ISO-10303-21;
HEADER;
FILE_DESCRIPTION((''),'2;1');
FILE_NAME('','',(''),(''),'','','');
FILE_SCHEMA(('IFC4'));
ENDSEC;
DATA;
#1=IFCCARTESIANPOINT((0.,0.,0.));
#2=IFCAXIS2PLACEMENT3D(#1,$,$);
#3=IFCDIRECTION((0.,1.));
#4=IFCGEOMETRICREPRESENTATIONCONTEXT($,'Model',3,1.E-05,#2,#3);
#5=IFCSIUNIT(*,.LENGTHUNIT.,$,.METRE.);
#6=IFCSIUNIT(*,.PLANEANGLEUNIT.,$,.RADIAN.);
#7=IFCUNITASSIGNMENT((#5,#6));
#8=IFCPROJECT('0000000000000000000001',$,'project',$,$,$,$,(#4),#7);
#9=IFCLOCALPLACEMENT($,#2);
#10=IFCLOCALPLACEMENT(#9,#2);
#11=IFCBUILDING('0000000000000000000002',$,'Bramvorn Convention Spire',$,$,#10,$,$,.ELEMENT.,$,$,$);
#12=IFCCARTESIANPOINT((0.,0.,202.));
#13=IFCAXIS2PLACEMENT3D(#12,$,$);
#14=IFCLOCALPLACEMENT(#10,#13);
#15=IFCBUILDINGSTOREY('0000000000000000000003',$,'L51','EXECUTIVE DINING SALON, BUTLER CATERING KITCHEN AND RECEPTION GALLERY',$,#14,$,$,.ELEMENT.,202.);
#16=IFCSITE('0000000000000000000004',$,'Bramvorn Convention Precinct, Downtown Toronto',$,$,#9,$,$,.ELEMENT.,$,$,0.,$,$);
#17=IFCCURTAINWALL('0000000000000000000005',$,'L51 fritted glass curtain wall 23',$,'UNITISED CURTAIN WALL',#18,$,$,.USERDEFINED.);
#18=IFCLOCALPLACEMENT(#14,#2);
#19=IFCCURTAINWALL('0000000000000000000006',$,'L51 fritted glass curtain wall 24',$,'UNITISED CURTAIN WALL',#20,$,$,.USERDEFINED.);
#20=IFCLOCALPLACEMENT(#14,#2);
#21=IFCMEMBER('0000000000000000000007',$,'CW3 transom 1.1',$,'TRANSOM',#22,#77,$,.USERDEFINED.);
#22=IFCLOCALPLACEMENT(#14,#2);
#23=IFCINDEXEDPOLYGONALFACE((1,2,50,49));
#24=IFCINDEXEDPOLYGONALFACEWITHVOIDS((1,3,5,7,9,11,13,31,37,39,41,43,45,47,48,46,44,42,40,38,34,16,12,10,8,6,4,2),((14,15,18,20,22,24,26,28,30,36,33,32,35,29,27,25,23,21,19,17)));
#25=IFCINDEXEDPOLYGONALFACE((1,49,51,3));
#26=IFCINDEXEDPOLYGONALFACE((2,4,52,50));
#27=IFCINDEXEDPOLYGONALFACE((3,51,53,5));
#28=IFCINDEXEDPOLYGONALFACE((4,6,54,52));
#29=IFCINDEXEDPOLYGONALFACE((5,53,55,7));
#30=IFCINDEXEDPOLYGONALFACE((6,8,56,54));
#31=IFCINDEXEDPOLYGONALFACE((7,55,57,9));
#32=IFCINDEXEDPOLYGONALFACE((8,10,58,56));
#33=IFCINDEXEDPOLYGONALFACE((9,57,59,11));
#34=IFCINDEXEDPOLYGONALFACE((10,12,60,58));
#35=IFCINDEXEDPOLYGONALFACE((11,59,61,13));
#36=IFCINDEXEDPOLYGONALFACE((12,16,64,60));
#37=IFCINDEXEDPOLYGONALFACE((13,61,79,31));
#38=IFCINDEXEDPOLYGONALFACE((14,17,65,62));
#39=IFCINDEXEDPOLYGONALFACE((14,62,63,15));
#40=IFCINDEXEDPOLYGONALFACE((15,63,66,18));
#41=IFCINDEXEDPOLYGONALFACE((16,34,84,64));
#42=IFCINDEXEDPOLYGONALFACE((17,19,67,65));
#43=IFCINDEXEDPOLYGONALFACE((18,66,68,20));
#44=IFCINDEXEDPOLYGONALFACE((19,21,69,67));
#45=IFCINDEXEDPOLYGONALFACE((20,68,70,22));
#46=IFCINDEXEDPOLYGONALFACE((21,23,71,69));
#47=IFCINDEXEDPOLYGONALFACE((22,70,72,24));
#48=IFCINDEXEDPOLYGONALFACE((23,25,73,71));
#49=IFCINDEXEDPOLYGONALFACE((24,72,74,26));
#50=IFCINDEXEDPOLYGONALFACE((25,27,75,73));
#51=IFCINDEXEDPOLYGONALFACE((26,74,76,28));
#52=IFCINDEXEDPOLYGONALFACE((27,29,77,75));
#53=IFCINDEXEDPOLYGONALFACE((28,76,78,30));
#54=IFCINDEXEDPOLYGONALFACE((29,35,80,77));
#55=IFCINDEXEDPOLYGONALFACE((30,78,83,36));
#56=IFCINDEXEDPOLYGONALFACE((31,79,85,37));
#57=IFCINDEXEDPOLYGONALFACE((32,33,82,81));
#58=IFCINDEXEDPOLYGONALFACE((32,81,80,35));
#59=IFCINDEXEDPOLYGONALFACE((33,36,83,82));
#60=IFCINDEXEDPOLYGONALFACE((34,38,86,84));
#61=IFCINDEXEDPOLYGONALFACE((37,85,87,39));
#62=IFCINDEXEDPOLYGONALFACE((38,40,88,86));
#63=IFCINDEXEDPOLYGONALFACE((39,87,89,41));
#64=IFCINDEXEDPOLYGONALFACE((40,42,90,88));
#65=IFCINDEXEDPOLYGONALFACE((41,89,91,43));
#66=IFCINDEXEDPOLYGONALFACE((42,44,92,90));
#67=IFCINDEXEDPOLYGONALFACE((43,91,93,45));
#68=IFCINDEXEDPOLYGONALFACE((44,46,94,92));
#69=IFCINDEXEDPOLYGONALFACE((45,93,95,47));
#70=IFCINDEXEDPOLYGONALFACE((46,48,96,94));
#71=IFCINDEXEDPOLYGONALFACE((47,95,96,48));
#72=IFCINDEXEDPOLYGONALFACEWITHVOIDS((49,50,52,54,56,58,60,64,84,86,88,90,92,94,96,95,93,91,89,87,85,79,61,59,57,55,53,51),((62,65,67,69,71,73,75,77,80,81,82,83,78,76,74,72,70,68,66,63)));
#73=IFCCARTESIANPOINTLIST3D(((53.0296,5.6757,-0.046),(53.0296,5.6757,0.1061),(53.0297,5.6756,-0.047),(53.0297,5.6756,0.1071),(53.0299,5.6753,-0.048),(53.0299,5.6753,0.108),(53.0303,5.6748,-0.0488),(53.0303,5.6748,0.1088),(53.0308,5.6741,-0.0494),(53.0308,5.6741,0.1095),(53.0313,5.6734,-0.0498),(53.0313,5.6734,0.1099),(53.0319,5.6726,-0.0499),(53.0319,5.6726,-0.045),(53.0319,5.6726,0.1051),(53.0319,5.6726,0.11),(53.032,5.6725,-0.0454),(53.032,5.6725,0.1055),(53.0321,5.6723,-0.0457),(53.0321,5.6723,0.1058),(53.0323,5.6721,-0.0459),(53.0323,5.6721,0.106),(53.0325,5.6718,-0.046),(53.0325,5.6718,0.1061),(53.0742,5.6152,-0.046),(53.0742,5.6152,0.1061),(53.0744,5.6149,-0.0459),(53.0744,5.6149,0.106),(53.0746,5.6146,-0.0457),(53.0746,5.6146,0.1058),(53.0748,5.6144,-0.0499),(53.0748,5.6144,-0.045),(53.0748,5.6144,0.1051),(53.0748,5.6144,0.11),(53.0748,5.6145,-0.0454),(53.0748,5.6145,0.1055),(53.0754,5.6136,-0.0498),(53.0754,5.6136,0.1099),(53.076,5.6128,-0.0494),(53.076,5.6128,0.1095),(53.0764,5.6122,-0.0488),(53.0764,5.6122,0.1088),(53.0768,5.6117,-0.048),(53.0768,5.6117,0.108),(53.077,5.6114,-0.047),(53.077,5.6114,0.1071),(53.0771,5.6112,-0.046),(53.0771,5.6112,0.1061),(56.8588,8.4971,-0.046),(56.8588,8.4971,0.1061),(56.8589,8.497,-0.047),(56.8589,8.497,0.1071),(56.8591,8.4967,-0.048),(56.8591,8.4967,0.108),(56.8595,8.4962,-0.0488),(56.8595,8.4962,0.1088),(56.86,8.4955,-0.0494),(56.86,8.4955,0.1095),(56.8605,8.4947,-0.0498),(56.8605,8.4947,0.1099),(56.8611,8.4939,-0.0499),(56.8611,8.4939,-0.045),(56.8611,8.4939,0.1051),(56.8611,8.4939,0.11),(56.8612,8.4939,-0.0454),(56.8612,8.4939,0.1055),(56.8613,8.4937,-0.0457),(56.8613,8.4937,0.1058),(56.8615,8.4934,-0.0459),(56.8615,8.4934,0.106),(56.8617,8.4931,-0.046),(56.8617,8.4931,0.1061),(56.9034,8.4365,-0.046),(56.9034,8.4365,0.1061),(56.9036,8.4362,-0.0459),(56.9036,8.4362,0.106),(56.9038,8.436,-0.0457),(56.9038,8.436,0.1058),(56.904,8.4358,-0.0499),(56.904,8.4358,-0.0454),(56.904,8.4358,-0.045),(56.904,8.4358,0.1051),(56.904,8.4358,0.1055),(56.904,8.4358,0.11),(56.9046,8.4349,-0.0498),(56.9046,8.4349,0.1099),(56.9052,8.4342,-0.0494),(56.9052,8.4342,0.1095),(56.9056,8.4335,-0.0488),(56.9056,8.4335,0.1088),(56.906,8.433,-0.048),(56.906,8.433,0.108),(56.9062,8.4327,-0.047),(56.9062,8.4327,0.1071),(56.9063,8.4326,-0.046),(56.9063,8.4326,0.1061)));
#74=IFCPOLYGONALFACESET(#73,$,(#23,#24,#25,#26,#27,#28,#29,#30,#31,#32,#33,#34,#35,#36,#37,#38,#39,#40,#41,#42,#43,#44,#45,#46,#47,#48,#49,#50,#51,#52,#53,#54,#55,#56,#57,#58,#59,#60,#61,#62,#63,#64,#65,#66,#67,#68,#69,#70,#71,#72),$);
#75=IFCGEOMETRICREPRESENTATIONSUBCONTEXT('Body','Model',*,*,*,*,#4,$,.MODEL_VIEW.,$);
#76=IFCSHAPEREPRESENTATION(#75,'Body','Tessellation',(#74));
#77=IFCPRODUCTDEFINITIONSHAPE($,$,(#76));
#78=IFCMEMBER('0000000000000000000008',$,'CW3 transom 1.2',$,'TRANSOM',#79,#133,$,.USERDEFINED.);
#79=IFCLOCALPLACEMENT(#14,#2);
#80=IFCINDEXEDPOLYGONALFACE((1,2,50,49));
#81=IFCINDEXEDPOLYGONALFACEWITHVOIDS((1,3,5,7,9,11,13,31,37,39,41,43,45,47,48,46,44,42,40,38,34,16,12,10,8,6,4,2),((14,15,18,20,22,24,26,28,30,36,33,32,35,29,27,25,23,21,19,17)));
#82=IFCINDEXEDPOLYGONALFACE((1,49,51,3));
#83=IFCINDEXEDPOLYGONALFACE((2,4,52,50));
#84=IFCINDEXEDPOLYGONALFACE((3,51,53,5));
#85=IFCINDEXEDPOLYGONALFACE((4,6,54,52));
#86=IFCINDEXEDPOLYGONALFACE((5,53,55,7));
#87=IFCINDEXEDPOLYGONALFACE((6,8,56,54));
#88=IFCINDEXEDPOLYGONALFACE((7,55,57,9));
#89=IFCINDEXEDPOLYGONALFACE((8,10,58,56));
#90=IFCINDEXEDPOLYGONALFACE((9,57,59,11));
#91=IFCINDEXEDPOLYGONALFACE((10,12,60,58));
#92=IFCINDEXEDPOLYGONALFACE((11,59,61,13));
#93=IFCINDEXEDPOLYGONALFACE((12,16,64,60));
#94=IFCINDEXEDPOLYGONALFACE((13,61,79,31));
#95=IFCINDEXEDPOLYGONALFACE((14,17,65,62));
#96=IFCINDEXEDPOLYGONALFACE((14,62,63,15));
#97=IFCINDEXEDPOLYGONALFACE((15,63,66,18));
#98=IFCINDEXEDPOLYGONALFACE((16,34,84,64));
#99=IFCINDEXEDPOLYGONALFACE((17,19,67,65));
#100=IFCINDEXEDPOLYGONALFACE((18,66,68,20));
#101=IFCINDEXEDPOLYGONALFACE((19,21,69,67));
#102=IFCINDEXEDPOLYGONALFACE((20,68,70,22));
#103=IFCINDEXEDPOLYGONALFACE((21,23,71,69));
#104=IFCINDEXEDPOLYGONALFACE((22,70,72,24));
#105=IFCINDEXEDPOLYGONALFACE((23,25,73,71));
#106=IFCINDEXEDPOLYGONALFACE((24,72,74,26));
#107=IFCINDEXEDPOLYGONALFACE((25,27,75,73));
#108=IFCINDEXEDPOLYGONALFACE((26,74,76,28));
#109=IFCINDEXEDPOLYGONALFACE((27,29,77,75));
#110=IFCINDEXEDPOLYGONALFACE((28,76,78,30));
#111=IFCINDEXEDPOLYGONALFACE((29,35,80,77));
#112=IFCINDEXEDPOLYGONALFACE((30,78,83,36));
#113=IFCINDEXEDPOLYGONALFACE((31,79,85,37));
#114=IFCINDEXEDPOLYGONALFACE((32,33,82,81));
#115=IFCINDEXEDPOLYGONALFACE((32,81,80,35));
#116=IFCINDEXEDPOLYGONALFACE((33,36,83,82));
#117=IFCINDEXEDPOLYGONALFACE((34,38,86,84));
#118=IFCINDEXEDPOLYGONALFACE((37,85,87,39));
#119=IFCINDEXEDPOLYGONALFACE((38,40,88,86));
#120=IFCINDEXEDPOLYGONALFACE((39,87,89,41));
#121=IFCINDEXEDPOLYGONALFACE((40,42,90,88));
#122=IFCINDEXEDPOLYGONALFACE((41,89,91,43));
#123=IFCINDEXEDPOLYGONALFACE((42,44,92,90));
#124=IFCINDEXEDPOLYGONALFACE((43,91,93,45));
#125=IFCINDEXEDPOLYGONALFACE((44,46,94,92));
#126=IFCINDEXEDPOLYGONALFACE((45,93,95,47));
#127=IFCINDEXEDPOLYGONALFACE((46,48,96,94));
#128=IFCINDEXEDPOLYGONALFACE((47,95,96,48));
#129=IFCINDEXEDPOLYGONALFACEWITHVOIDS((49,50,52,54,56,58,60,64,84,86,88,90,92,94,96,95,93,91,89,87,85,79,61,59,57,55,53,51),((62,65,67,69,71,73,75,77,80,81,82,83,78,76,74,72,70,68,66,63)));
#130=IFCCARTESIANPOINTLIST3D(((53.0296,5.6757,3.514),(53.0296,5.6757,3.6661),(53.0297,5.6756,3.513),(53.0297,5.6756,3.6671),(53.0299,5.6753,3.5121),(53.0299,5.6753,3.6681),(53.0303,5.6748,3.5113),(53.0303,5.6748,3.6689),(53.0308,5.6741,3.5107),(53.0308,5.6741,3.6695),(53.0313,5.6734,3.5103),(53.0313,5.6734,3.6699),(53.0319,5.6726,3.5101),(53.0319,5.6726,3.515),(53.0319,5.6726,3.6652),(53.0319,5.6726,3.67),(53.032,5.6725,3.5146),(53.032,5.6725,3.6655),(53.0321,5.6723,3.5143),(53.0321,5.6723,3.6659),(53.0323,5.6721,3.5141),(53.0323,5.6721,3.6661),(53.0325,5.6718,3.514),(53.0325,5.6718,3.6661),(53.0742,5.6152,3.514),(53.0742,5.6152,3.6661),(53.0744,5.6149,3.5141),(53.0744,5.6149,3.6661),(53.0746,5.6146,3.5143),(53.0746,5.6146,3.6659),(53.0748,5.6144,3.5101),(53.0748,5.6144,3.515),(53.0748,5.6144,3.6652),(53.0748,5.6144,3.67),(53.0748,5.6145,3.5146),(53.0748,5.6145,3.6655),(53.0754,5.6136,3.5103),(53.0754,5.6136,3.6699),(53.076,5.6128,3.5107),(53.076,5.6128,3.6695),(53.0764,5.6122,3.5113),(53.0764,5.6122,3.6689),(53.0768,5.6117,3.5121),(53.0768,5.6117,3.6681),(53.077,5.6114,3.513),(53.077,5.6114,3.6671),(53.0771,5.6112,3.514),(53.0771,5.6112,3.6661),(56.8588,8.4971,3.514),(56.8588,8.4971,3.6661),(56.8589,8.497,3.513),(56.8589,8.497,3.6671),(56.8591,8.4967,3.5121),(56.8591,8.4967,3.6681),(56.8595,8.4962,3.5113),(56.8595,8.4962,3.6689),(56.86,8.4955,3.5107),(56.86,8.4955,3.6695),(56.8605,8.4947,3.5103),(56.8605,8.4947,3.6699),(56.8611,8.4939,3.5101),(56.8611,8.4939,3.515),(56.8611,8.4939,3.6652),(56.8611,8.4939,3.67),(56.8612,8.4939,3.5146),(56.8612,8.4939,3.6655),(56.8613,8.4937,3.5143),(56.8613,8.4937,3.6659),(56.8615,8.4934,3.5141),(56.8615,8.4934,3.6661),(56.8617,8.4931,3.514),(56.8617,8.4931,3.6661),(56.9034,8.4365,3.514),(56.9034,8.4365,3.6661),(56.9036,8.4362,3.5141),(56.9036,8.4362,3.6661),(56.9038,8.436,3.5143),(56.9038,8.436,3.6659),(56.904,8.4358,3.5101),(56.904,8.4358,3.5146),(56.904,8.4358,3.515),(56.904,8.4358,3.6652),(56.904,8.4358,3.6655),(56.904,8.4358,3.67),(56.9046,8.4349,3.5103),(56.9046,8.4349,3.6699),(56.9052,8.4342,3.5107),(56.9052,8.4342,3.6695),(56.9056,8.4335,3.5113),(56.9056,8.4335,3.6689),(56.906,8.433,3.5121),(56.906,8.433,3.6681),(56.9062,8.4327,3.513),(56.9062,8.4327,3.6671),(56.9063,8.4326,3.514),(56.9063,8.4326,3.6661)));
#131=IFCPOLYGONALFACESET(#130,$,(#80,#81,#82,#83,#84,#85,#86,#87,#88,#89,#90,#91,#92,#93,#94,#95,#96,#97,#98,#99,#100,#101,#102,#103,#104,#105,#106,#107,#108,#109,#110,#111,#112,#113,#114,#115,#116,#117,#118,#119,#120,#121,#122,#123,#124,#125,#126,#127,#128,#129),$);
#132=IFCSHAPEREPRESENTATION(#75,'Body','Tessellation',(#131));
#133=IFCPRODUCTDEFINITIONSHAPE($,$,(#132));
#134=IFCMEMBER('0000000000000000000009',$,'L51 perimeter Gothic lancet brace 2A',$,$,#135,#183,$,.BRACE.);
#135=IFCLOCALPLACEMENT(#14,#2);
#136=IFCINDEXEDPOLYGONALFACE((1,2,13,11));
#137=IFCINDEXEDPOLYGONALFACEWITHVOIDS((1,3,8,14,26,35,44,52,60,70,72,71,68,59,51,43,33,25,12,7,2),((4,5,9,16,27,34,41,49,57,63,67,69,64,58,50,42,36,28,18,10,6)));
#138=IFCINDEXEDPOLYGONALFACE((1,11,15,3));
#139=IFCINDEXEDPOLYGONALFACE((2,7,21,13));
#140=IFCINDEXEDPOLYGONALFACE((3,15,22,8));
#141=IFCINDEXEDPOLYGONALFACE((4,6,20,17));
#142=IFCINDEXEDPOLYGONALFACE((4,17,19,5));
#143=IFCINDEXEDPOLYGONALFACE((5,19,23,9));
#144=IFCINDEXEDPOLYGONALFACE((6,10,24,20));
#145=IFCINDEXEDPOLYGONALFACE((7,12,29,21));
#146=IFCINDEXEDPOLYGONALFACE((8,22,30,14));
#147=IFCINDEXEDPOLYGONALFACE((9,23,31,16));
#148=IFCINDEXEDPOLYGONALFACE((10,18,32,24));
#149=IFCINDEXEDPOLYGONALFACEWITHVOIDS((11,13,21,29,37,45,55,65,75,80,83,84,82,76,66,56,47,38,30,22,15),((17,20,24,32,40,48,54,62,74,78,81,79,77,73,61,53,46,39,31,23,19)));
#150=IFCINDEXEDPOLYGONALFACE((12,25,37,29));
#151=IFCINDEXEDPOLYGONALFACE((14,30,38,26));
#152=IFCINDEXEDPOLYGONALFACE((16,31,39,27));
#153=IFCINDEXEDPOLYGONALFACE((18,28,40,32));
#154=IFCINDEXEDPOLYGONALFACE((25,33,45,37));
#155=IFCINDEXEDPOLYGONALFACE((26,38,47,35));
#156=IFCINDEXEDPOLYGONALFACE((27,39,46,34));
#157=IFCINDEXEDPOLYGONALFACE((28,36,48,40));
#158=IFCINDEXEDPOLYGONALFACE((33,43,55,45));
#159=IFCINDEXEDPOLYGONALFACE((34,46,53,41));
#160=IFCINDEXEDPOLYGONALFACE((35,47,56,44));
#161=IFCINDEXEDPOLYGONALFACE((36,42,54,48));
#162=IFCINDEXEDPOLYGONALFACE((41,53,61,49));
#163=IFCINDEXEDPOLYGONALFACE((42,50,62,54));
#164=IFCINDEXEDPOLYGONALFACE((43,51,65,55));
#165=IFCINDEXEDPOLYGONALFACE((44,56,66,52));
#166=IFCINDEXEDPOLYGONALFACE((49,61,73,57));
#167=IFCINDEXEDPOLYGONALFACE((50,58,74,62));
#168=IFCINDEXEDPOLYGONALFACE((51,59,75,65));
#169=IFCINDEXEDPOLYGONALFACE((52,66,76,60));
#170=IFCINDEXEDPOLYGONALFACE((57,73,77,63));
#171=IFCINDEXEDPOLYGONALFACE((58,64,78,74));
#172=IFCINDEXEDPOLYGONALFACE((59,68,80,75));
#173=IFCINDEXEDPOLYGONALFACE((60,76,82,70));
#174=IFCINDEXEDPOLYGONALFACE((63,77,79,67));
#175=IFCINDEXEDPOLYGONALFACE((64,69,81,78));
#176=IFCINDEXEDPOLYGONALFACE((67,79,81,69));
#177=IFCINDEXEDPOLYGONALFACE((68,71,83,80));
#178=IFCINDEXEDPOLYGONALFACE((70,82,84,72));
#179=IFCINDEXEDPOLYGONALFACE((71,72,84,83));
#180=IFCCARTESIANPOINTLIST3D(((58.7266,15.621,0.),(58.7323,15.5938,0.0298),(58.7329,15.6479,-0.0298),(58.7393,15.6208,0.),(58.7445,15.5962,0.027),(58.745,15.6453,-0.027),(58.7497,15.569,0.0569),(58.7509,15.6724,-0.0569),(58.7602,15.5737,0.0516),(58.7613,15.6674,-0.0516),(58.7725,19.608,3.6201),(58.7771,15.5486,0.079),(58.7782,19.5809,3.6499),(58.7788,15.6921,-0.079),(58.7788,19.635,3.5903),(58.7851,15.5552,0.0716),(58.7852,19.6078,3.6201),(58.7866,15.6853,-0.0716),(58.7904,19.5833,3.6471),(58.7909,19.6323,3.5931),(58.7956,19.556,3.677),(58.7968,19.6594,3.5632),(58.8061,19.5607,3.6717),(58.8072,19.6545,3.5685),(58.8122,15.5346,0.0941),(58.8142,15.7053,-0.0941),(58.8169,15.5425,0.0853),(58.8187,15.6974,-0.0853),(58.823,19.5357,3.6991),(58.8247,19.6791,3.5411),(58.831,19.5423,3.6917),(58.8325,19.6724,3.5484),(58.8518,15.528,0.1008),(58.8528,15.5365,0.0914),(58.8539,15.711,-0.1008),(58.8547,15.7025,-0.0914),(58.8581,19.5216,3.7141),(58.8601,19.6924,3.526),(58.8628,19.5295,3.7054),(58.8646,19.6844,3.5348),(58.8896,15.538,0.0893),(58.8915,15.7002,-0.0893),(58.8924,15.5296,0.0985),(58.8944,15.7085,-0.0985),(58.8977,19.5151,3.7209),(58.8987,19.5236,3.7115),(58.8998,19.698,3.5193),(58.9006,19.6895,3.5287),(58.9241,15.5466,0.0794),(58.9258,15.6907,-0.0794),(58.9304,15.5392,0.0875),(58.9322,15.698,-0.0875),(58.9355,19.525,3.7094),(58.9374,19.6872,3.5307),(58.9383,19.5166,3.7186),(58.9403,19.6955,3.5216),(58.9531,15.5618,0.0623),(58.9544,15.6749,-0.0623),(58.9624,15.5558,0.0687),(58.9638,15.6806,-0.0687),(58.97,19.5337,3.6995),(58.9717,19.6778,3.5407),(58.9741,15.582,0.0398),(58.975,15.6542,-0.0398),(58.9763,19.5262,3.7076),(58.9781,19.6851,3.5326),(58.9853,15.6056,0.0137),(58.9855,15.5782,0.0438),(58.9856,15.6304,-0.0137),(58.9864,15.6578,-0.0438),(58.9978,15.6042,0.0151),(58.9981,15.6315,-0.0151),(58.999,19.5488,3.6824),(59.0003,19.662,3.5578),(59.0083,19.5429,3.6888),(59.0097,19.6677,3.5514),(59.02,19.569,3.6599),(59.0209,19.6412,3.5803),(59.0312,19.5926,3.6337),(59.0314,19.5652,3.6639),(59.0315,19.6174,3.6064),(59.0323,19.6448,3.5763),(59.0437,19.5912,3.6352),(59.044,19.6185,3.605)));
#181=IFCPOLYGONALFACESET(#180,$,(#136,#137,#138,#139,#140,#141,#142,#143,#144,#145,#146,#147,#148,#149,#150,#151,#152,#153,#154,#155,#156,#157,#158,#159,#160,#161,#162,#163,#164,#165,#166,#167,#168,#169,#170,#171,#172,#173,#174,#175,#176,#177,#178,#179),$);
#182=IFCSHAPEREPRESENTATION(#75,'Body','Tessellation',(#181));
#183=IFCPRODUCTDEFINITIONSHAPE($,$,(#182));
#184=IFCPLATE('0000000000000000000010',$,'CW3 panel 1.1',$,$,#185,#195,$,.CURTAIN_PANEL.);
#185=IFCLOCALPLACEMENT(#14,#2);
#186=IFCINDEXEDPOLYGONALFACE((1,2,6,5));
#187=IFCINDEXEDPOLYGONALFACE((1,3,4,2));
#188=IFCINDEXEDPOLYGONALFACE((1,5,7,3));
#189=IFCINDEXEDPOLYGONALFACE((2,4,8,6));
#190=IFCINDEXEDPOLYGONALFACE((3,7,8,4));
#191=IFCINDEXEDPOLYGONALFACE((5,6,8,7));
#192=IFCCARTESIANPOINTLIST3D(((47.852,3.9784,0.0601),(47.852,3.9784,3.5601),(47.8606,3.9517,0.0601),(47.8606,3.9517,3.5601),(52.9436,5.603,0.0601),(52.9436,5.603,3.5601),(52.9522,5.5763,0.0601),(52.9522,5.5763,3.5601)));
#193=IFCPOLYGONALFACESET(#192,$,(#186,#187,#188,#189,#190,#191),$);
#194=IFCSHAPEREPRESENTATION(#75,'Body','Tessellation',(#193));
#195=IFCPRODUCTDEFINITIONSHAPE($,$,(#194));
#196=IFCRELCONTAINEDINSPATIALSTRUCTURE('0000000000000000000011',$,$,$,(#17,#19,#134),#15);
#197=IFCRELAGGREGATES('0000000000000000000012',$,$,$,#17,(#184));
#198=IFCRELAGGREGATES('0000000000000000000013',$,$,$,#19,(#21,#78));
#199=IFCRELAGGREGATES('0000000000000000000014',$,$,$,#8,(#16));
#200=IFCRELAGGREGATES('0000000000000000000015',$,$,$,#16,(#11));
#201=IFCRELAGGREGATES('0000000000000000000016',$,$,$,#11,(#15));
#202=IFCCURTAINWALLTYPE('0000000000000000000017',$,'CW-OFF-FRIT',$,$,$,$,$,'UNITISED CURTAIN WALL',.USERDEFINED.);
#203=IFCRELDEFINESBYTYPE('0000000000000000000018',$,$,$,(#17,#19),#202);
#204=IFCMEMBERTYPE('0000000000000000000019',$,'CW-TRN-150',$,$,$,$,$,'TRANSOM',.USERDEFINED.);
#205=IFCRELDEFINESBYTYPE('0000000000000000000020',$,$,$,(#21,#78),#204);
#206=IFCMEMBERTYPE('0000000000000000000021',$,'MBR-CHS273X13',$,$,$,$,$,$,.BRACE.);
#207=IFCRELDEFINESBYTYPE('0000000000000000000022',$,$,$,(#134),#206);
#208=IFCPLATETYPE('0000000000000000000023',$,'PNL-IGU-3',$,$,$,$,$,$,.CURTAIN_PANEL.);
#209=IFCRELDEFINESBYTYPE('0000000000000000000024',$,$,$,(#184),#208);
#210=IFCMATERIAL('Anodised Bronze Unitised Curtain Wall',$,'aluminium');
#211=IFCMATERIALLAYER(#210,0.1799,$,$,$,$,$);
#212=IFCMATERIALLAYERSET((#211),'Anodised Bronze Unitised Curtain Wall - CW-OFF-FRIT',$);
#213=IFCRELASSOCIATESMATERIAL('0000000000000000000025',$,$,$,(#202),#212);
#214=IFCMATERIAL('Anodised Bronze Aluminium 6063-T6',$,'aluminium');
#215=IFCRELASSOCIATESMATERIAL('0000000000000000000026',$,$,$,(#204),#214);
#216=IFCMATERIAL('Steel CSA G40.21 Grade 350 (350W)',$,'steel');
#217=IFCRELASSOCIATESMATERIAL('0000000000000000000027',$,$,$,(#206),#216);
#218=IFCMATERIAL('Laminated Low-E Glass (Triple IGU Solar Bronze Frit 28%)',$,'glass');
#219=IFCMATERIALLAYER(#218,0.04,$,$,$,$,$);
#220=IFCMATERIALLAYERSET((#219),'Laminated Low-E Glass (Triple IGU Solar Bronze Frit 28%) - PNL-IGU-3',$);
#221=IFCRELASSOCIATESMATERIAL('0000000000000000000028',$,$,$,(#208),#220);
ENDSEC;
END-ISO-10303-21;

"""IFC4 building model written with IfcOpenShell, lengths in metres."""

from ifc_helpers import new_model, si_unit, direction, frame, origin, origin_2d, place, context, subcontext, project, spatial, rectangle, hollow_rectangle, hollow_circle, extrude, material, layer, layer_set, material_profile, profile_set, type_object, element, aggregate, save


model = new_model("IFC4")

# Units and contexts
model_context = context("Model", 3, precision=1e-05, world=origin(), true_north=direction((0.0, 1.0)))
body_context = subcontext(model_context, "Body", "Model", "MODEL_VIEW")
ifc_project = project(units=[si_unit("LENGTHUNIT", "METRE"), si_unit("PLANEANGLEUNIT", "RADIAN")], contexts=[model_context])

# Site, building, storey
site_placement = place(None, origin())
site = spatial("IfcSite", under=ifc_project, at=site_placement, Name="Bramvorn Convention Precinct, Downtown Toronto", CompositionType="ELEMENT", RefElevation=0.0)
building_placement = place(site_placement, origin())
building = spatial("IfcBuilding", under=site, at=building_placement, Name="Bramvorn Convention Spire", CompositionType="ELEMENT")
storey_placement = place(building_placement, frame((0.0, 0.0, 202.0)))
storey = spatial("IfcBuildingStorey", under=building, at=storey_placement, Name="L51", Description="EXECUTIVE DINING SALON, BUTLER CATERING KITCHEN AND RECEPTION GALLERY", CompositionType="ELEMENT", Elevation=202.0)

# Shared definitions
ifc_material_1 = material(Name="Steel CSA G40.21 Grade 350 (350W)", Category="steel")

# Curtain walls
ifc_material_2 = material(Name="Anodised Bronze Unitised Curtain Wall", Category="aluminium")
ifc_layer_1 = layer(ifc_material_2, 0.1799)
ifc_layer_set_1 = layer_set([ifc_layer_1], Name="Anodised Bronze Unitised Curtain Wall - CW-OFF-FRIT")
curtain_wall_type = type_object("IfcCurtainWallType", Name="CW-OFF-FRIT", ElementType="UNITISED CURTAIN WALL", PredefinedType="USERDEFINED", material=ifc_layer_set_1)
curtain_wall_1_placement = place(storey_placement, origin())
curtain_wall_1 = element("IfcCurtainWall", 1, at=curtain_wall_1_placement, inside=storey, type_object=curtain_wall_type, Name="L51 fritted glass curtain wall 23", ObjectType="UNITISED CURTAIN WALL", PredefinedType="USERDEFINED")
ifc_material_3 = material(Name="Anodised Bronze Aluminium 6063-T6", Category="aluminium")
curtain_wall_2_placement = place(storey_placement, origin())
curtain_wall_2 = element("IfcCurtainWall", 2, at=curtain_wall_2_placement, inside=storey, type_object=curtain_wall_type, Name="L51 fritted glass curtain wall 24", ObjectType="UNITISED CURTAIN WALL", PredefinedType="USERDEFINED")

# Members
ifc_material_profile_1 = material_profile(ifc_material_3, hollow_rectangle(XDim=0.0801, YDim=0.1599, WallThickness=0.0039, InnerFilletRadius=0.001, OuterFilletRadius=0.0039, at=origin_2d()))
ifc_profile_set_1 = profile_set([ifc_material_profile_1], Name="Anodised Bronze Aluminium 6063-T6 - CWT80X160")
member_type_1 = type_object("IfcMemberType", Name="CW-TRN-150", ElementType="TRANSOM", PredefinedType="USERDEFINED", material=ifc_profile_set_1)
member_1_placement = place(storey_placement, frame((56.8826, 8.4648, 0.03), z_axis=(-0.805071, -0.593178, 0.0), x_axis=(0.593178, -0.805071, 0.0)))
member_1 = element("IfcMember", 3, at=member_1_placement, type_object=member_type_1, Name="CW3 transom 1.1", ObjectType="TRANSOM", PredefinedType="USERDEFINED", context=body_context, shape_type="SweptSolid", body=[
    extrude(hollow_rectangle(XDim=0.0801, YDim=0.1599, WallThickness=0.0039, InnerFilletRadius=0.001, OuterFilletRadius=0.0039, at=origin_2d()), origin(), (0.0, 0.0, 1.0), 4.7563),
])
member_2_placement = place(storey_placement, frame((56.8826, 8.4648, 3.5901), z_axis=(-0.805071, -0.593178, 0.0), x_axis=(0.593178, -0.805071, 0.0)))
member_2 = element("IfcMember", 4, at=member_2_placement, type_object=member_type_1, Name="CW3 transom 1.2", ObjectType="TRANSOM", PredefinedType="USERDEFINED", context=body_context, shape_type="SweptSolid", body=[
    extrude(hollow_rectangle(XDim=0.0801, YDim=0.1599, WallThickness=0.0039, InnerFilletRadius=0.001, OuterFilletRadius=0.0039, at=origin_2d()), origin(), (0.0, 0.0, 1.0), 4.7563),
])
ifc_material_profile_2 = material_profile(ifc_material_1, hollow_circle(Radius=0.1365, WallThickness=0.0127, at=origin_2d()))
ifc_profile_set_2 = profile_set([ifc_material_profile_2], Name="Steel CSA G40.21 Grade 350 (350W) - CHS273X13")
member_type_2 = type_object("IfcMemberType", Name="MBR-CHS273X13", PredefinedType="BRACE", material=ifc_profile_set_2)
member_3_placement = place(storey_placement, frame((58.863, 15.6194, 0.0), z_axis=(0.008523, 0.740327, 0.672192), x_axis=(-0.999934, 0.011511, 0.0)))
element("IfcMember", 5, at=member_3_placement, inside=storey, type_object=member_type_2, Name="L51 perimeter Gothic lancet brace 2A", PredefinedType="BRACE", context=body_context, shape_type="SweptSolid", body=[
    extrude(hollow_circle(Radius=0.1365, WallThickness=0.0127, at=origin_2d()), origin(), (0.0, 0.0, 1.0), 5.3855),
])

# Plate
ifc_material_4 = material(Name="Laminated Low-E Glass (Triple IGU Solar Bronze Frit 28%)", Category="glass")
ifc_layer_2 = layer(ifc_material_4, 0.04)
ifc_layer_set_2 = layer_set([ifc_layer_2], Name="Laminated Low-E Glass (Triple IGU Solar Bronze Frit 28%) - PNL-IGU-3")
plate_type = type_object("IfcPlateType", Name="PNL-IGU-3", PredefinedType="CURTAIN_PANEL", material=ifc_layer_set_2)
plate_1_placement = place(storey_placement, frame((50.4021, 4.7773, 0.0601), z_axis=(0.0, 0.0, 1.0), x_axis=(-0.95268, -0.303976, 0.0)))
plate_1 = element("IfcPlate", 6, at=plate_1_placement, type_object=plate_type, Name="CW3 panel 1.1", PredefinedType="CURTAIN_PANEL", context=body_context, shape_type="SweptSolid", body=[
    extrude(rectangle(XDim=5.3445, YDim=0.0281, at=origin_2d()), origin(), (0.0, 0.0, 1.0), 3.5),
])
aggregate(curtain_wall_1, [plate_1])
aggregate(curtain_wall_2, [member_1, member_2])

save(model, "model.ifc")
